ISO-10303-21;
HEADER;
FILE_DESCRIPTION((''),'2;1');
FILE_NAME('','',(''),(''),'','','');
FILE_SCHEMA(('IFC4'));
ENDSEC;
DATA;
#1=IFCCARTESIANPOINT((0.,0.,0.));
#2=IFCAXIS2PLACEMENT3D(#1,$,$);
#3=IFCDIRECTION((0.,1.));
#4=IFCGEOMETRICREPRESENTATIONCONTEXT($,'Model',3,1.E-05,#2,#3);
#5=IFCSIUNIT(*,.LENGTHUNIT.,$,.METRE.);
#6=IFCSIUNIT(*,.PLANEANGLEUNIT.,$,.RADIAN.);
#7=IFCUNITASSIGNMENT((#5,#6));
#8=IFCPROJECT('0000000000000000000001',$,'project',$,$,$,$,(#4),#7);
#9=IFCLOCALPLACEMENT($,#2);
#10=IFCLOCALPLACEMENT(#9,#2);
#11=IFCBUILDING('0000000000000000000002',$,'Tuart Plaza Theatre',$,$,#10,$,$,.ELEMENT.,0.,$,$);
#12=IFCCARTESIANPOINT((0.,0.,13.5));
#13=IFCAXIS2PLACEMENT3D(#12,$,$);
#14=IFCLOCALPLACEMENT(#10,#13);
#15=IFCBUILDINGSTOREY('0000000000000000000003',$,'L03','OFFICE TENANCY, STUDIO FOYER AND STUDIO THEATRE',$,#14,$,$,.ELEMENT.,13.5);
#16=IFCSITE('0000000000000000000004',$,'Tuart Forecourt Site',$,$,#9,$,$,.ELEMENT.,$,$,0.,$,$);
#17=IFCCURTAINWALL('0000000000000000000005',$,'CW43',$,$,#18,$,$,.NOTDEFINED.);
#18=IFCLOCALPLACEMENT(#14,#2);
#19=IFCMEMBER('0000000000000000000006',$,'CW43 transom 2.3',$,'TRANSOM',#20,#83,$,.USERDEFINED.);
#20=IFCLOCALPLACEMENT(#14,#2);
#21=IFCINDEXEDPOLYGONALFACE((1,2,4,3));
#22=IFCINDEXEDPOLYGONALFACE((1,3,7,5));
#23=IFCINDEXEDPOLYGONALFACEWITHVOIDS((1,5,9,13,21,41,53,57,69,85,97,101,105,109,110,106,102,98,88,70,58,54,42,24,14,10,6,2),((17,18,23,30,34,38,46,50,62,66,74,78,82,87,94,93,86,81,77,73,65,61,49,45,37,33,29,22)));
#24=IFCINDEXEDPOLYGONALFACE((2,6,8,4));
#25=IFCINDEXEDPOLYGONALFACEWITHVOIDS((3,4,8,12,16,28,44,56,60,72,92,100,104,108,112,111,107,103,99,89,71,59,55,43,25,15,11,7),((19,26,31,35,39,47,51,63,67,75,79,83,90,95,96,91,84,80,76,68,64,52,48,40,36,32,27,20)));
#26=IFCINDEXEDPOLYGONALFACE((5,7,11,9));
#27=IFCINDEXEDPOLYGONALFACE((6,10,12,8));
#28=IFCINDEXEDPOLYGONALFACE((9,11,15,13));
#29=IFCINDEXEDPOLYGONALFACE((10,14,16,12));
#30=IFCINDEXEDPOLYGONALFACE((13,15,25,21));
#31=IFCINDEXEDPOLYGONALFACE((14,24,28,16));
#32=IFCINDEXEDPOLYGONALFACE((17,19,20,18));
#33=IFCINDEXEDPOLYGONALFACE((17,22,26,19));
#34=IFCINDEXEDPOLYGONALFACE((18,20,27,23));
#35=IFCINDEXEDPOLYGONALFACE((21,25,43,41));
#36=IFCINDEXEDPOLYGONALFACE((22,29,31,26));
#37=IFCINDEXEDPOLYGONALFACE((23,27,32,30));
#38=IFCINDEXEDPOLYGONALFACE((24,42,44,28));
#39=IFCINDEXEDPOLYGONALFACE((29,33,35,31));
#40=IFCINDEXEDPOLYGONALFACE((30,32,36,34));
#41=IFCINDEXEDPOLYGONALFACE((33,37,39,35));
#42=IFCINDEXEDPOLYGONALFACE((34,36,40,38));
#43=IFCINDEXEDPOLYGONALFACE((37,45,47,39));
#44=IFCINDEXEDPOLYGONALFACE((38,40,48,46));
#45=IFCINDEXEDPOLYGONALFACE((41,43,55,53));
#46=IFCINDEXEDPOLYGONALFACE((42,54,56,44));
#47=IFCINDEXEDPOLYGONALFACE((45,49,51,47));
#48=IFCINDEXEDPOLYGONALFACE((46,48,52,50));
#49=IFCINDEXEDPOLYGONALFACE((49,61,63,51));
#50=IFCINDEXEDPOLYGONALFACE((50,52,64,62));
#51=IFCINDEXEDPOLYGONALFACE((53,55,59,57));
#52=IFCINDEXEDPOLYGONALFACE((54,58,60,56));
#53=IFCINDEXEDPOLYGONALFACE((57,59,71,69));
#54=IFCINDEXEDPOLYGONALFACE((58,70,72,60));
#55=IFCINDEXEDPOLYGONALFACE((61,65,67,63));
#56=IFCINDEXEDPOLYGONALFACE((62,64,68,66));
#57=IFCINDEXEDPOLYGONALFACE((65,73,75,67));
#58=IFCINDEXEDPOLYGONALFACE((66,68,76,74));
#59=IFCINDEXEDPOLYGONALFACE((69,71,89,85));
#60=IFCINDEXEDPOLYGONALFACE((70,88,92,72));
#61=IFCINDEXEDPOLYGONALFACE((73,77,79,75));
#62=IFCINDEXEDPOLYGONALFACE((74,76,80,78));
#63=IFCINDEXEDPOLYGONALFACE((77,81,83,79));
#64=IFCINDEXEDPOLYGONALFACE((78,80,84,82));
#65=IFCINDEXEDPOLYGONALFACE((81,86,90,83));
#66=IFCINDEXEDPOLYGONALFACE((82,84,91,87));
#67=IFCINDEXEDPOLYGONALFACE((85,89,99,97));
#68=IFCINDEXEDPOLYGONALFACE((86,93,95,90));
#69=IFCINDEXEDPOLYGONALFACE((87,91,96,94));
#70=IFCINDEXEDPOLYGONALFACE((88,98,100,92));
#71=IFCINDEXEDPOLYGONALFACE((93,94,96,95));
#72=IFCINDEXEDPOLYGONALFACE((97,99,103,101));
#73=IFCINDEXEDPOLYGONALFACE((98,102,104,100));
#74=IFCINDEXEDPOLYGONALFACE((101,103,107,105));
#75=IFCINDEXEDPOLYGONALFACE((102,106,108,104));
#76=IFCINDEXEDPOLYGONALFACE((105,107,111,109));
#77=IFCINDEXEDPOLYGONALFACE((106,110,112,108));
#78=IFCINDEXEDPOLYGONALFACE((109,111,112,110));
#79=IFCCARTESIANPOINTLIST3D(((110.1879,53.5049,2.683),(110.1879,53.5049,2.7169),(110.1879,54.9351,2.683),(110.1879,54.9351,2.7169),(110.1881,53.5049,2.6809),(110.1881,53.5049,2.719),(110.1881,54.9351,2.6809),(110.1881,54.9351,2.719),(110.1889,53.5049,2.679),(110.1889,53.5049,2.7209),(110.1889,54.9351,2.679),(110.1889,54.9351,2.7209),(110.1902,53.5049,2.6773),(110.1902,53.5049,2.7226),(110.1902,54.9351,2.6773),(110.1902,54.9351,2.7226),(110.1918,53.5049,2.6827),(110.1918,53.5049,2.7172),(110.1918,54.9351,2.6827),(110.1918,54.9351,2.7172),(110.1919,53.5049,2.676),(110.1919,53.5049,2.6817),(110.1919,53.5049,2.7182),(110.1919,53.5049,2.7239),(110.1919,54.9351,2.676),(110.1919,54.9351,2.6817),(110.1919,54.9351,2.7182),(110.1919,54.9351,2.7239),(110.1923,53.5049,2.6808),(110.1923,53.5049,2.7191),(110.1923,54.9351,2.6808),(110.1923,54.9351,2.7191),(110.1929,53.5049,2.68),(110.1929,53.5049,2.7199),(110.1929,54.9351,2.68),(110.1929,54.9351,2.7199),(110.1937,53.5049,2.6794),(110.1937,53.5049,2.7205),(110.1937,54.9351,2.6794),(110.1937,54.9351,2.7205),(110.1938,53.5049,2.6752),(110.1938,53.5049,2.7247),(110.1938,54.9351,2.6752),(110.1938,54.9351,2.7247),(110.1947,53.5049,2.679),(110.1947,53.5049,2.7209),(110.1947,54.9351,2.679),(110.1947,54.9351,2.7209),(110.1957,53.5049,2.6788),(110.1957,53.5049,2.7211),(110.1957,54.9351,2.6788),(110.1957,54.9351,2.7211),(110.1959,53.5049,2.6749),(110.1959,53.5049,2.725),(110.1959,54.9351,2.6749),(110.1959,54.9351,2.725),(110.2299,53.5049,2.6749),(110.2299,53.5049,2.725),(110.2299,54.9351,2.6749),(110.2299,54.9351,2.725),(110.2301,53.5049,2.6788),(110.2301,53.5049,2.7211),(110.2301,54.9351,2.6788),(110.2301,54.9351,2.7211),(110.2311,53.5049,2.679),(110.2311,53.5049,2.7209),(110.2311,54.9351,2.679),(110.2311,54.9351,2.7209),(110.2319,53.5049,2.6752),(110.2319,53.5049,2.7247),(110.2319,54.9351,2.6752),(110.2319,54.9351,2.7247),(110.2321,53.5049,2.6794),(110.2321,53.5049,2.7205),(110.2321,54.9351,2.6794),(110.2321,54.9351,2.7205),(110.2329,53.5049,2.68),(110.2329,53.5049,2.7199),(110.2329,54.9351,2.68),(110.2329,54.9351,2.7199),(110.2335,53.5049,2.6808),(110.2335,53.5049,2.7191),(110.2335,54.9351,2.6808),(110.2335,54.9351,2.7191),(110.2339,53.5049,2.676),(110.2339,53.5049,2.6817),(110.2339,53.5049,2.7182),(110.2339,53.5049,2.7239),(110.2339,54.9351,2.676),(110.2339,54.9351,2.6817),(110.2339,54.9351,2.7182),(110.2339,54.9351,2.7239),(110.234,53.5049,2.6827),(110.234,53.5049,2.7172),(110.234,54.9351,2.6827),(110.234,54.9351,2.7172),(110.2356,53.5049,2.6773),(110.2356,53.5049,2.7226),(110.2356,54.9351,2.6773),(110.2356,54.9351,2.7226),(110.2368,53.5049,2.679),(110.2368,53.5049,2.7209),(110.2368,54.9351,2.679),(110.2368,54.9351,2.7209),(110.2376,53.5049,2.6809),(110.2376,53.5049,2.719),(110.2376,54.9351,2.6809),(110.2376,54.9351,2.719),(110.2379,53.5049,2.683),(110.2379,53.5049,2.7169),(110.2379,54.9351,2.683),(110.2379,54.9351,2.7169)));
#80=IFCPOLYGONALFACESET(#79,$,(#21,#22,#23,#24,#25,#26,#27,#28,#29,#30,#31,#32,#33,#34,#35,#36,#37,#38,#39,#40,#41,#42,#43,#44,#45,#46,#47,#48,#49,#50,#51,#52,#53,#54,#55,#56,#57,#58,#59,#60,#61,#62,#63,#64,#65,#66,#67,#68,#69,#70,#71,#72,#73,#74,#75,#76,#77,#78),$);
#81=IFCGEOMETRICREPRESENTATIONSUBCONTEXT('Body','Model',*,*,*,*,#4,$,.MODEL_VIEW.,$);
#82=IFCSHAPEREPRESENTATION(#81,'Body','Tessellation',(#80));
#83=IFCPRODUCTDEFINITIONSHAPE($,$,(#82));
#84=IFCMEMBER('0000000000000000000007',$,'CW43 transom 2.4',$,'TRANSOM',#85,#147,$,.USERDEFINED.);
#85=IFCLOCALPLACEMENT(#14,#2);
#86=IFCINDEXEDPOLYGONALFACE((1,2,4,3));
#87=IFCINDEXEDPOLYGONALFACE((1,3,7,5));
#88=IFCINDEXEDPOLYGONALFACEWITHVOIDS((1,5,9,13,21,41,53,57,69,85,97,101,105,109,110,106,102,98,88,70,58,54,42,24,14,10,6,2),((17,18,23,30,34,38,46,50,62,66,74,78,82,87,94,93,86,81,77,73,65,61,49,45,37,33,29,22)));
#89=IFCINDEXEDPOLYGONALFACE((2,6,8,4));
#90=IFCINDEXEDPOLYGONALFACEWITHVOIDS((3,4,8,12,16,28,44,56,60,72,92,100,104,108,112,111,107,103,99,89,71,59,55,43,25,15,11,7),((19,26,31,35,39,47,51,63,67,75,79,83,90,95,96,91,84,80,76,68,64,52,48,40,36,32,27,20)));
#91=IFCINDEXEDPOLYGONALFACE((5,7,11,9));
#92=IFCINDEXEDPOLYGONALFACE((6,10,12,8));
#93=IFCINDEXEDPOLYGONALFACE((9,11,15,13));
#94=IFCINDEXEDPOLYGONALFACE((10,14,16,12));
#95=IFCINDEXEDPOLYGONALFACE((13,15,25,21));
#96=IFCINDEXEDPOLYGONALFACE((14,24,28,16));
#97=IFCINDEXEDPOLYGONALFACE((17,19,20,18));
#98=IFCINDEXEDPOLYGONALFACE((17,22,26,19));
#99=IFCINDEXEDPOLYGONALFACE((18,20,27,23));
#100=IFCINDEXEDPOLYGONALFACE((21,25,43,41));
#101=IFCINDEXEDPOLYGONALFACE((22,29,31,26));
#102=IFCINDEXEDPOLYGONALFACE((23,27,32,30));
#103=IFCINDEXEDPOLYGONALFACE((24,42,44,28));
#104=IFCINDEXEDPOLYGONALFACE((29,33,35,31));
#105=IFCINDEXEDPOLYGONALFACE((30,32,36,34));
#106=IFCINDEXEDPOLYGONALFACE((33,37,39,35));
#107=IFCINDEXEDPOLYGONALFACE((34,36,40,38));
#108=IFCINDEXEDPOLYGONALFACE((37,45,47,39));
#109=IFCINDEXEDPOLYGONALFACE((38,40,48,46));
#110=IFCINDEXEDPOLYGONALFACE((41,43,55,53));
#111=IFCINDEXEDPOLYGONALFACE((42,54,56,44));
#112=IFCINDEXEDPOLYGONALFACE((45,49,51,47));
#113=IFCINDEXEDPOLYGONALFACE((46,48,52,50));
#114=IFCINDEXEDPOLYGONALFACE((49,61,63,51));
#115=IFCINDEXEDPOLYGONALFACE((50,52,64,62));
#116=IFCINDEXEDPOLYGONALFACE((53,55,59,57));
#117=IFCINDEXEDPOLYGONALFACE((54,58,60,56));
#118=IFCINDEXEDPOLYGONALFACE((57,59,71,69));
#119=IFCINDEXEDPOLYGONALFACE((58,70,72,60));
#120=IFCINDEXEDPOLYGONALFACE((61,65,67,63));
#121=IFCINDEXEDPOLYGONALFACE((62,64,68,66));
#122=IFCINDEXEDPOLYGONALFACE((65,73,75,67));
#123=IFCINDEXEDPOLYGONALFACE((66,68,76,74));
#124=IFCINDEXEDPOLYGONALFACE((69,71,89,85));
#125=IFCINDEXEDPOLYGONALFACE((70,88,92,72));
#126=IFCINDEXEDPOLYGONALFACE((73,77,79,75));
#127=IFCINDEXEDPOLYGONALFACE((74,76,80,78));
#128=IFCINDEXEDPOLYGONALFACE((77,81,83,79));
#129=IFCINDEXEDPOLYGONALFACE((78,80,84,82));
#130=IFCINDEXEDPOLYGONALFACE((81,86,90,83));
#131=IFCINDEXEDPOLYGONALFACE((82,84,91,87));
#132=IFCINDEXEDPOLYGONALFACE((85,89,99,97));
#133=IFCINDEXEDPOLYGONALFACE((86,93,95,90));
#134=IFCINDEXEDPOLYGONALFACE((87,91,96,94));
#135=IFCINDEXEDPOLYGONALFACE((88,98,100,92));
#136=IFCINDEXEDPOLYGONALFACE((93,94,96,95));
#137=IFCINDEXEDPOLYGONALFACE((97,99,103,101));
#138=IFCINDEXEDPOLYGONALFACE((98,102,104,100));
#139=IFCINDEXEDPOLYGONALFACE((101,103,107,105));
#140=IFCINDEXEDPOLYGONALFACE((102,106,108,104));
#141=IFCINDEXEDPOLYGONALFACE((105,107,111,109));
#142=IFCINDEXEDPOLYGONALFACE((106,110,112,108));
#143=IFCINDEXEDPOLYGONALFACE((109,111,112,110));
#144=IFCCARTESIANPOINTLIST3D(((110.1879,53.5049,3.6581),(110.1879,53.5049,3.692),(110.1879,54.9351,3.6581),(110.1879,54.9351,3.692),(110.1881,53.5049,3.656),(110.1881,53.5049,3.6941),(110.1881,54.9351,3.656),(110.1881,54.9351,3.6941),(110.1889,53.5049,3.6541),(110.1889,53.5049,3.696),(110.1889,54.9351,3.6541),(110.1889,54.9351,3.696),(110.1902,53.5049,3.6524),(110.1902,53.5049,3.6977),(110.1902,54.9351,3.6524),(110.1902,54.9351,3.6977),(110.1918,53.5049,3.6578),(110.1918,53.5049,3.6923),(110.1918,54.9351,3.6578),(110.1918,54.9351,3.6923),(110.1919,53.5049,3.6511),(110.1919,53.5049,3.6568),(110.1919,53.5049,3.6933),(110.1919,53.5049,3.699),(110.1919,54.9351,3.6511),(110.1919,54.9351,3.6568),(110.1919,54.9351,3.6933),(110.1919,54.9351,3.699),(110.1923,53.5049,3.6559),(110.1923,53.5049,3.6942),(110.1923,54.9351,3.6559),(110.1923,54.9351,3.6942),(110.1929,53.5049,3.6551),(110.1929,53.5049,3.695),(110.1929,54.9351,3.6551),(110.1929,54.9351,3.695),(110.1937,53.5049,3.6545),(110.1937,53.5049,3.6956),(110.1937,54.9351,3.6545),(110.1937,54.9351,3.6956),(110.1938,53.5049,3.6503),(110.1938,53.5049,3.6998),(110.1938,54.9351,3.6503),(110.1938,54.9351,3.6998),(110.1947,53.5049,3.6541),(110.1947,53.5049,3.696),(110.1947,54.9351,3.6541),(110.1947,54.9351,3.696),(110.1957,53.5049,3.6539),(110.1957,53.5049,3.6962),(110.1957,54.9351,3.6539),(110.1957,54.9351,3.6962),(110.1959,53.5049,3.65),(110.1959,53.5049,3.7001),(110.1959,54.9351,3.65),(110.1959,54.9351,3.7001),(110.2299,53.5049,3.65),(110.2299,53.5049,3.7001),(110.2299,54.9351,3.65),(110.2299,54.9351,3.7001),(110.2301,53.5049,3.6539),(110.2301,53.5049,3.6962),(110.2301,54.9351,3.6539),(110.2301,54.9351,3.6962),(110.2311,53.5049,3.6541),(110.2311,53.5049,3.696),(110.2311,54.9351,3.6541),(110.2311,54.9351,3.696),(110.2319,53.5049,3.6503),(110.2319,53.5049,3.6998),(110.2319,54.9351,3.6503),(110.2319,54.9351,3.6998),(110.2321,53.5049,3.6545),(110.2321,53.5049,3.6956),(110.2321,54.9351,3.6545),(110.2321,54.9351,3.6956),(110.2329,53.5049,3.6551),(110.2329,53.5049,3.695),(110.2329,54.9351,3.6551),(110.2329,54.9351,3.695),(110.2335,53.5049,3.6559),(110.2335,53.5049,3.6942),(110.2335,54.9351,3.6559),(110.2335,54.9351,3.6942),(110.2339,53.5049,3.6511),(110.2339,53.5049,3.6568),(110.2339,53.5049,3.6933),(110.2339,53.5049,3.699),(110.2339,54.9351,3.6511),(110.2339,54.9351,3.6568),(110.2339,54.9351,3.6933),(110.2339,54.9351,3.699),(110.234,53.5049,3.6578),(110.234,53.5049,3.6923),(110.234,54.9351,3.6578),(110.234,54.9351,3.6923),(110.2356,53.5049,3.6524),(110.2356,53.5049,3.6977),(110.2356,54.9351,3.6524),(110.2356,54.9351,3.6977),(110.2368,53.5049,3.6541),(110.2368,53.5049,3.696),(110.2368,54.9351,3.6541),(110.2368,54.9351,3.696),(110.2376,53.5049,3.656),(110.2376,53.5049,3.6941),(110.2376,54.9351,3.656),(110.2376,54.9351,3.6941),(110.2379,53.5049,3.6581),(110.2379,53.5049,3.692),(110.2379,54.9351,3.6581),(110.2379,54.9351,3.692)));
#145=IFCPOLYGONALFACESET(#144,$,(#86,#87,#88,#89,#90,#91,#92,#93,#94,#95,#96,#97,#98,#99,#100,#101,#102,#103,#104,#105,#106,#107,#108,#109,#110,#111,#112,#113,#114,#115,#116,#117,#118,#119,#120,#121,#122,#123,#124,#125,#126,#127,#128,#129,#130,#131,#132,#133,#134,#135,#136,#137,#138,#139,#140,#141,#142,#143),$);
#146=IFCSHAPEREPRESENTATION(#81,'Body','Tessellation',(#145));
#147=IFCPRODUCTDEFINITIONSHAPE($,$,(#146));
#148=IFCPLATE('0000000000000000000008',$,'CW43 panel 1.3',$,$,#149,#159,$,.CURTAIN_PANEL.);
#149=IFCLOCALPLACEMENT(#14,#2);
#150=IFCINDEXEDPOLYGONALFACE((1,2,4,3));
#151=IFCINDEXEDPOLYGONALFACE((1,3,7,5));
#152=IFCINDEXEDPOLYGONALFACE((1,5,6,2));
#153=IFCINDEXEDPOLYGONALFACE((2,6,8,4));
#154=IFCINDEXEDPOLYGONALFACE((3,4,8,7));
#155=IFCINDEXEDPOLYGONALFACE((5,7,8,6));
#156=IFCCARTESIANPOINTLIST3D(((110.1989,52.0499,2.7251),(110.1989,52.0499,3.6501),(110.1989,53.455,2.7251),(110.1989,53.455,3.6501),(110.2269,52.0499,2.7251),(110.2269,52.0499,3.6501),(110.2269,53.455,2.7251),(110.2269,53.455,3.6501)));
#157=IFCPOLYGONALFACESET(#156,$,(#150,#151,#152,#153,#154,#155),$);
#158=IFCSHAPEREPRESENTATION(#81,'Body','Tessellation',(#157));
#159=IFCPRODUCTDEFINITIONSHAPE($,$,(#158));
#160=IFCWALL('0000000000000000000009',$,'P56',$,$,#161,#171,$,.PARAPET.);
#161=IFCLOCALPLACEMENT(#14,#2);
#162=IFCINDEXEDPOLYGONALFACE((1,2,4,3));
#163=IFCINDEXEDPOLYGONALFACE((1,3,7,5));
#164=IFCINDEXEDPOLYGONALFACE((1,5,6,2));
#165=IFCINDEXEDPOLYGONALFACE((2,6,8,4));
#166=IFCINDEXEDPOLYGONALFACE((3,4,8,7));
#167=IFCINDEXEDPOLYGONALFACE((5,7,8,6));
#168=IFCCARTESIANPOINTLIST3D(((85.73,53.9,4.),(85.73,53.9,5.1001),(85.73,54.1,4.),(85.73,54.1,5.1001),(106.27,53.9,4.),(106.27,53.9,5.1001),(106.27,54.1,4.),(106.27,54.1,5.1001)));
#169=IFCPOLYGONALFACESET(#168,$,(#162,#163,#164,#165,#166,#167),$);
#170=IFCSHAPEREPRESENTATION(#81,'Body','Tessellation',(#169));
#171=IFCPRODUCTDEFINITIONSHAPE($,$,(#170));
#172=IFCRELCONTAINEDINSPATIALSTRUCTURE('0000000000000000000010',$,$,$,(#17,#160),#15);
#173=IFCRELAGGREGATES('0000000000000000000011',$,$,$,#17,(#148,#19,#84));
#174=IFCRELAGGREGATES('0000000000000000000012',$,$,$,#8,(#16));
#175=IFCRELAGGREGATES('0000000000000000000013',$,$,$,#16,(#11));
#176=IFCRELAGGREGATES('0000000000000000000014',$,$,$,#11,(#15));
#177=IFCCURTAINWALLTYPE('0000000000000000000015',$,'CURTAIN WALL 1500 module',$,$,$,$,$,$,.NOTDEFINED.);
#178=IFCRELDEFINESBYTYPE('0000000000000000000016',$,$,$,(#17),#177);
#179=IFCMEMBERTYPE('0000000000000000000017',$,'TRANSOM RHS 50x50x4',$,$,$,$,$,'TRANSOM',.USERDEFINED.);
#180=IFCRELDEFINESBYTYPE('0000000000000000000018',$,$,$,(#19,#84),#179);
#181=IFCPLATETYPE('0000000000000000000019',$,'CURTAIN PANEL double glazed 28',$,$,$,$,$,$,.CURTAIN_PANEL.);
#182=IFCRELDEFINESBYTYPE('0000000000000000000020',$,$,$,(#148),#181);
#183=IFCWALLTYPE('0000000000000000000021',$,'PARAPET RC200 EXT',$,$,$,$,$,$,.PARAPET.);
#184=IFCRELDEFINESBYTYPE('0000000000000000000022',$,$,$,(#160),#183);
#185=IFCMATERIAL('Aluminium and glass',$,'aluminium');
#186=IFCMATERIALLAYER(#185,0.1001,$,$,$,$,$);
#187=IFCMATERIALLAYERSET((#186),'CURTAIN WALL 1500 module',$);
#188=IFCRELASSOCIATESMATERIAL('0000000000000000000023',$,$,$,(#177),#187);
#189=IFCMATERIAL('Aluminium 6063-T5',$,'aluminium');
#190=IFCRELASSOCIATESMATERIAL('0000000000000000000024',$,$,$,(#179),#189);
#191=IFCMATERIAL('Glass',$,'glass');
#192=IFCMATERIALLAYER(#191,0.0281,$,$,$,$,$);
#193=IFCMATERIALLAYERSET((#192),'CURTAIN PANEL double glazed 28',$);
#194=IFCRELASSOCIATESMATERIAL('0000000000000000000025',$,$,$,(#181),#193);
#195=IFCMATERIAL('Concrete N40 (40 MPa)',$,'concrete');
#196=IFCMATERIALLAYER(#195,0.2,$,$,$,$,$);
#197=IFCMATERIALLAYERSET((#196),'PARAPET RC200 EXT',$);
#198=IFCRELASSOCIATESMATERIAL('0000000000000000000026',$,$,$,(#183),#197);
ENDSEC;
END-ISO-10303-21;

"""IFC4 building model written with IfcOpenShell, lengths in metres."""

from ifc_helpers import new_model, si_unit, direction, frame, frame_2d, origin, origin_2d, place, context, subcontext, project, spatial, rectangle, hollow_rectangle, extrude, material, layer, layer_set, material_profile, profile_set, type_object, element, aggregate, save


model = new_model("IFC4")

# Units and contexts
model_context = context("Model", 3, precision=1e-05, world=origin(), true_north=direction((0.0, 1.0)))
body_context = subcontext(model_context, "Body", "Model", "MODEL_VIEW")
ifc_project = project(units=[si_unit("LENGTHUNIT", "METRE"), si_unit("PLANEANGLEUNIT", "RADIAN")], contexts=[model_context])

# Site, building, storey
site_placement = place(None, origin())
site = spatial("IfcSite", under=ifc_project, at=site_placement, Name="Tuart Forecourt Site", CompositionType="ELEMENT", RefElevation=0.0)
building_placement = place(site_placement, origin())
building = spatial("IfcBuilding", under=site, at=building_placement, Name="Tuart Plaza Theatre", CompositionType="ELEMENT", ElevationOfRefHeight=0.0)
storey_placement = place(building_placement, frame((0.0, 0.0, 13.5)))
storey = spatial("IfcBuildingStorey", under=building, at=storey_placement, Name="L03", Description="OFFICE TENANCY, STUDIO FOYER AND STUDIO THEATRE", CompositionType="ELEMENT", Elevation=13.5)

# Curtain wall, members, plate
ifc_material_1 = material(Name="Aluminium and glass", Category="aluminium")
ifc_layer_1 = layer(ifc_material_1, 0.1001)
ifc_layer_set_1 = layer_set([ifc_layer_1], Name="CURTAIN WALL 1500 module")
curtain_wall_type = type_object("IfcCurtainWallType", Name="CURTAIN WALL 1500 module", PredefinedType="NOTDEFINED", material=ifc_layer_set_1)
curtain_wall_placement = place(storey_placement, origin())
curtain_wall = element("IfcCurtainWall", 1, at=curtain_wall_placement, inside=storey, type_object=curtain_wall_type, Name="CW43", PredefinedType="NOTDEFINED")
ifc_material_2 = material(Name="Aluminium 6063-T5", Category="aluminium")
ifc_material_profile_1 = material_profile(ifc_material_2, hollow_rectangle(XDim=0.05, YDim=0.05, WallThickness=0.0039, InnerFilletRadius=0.0039, OuterFilletRadius=0.0081, at=origin_2d()), Name="RHS 50x50x4")
ifc_profile_set_1 = profile_set([ifc_material_profile_1], Name="Aluminium 6063-T5")
member_type_1 = type_object("IfcMemberType", Name="TRANSOM RHS 50x50x4", ElementType="TRANSOM", PredefinedType="USERDEFINED", material=ifc_profile_set_1)
member_1_placement = place(storey_placement, frame((110.2129, 53.5049, 2.7), z_axis=(0.0, 1.0, 0.0), x_axis=(-1.0, 0.0, 0.0)))
member_1 = element("IfcMember", 2, at=member_1_placement, type_object=member_type_1, Name="CW43 transom 2.3", ObjectType="TRANSOM", PredefinedType="USERDEFINED", context=body_context, shape_type="SweptSolid", body=[
    extrude(hollow_rectangle(XDim=0.05, YDim=0.05, WallThickness=0.0039, InnerFilletRadius=0.0039, OuterFilletRadius=0.0081, at=origin_2d()), origin(), (0.0, 0.0, 1.0), 1.4302),
])
member_2_placement = place(storey_placement, frame((110.2129, 53.5049, 3.675), z_axis=(0.0, 1.0, 0.0), x_axis=(-1.0, 0.0, 0.0)))
member_2 = element("IfcMember", 3, at=member_2_placement, type_object=member_type_1, Name="CW43 transom 2.4", ObjectType="TRANSOM", PredefinedType="USERDEFINED", context=body_context, shape_type="SweptSolid", body=[
    extrude(hollow_rectangle(XDim=0.05, YDim=0.05, WallThickness=0.0039, InnerFilletRadius=0.0039, OuterFilletRadius=0.0081, at=origin_2d()), origin(), (0.0, 0.0, 1.0), 1.4302),
])
ifc_material_3 = material(Name="Glass", Category="glass")
ifc_layer_2 = layer(ifc_material_3, 0.0281)
ifc_layer_set_2 = layer_set([ifc_layer_2], Name="CURTAIN PANEL double glazed 28")
plate_type = type_object("IfcPlateType", Name="CURTAIN PANEL double glazed 28", PredefinedType="CURTAIN_PANEL", material=ifc_layer_set_2)
plate_placement = place(storey_placement, frame((110.2129, 52.7524, 2.7251), z_axis=(0.0, 0.0, 1.0), x_axis=(0.0, 1.0, 0.0)))
plate = element("IfcPlate", 4, at=plate_placement, type_object=plate_type, Name="CW43 panel 1.3", PredefinedType="CURTAIN_PANEL", context=body_context, shape_type="SweptSolid", body=[
    extrude(rectangle(XDim=1.405, YDim=0.0281, at=origin_2d()), origin(), (0.0, 0.0, 1.0), 0.925),
])
aggregate(curtain_wall, [plate, member_1, member_2])

# Wall
ifc_material_4 = material(Name="Concrete N40 (40 MPa)", Category="concrete")
ifc_layer_3 = layer(ifc_material_4, 0.2)
ifc_layer_set_3 = layer_set([ifc_layer_3], Name="PARAPET RC200 EXT")
wall_type_1 = type_object("IfcWallType", Name="PARAPET RC200 EXT", PredefinedType="PARAPET", material=ifc_layer_set_3)
wall_1_placement = place(storey_placement, frame((106.27, 54.0, 4.0), z_axis=(0.0, 0.0, 1.0), x_axis=(-1.0, 0.0, 0.0)))
element("IfcWall", 5, at=wall_1_placement, inside=storey, type_object=wall_type_1, Name="P56", PredefinedType="PARAPET", context=body_context, shape_type="SweptSolid", body=[
    extrude(rectangle(XDim=20.54, YDim=0.2, at=frame_2d((10.27, 0.0))), origin(), (0.0, 0.0, 1.0), 1.1001),
])

save(model, "model.ifc")
